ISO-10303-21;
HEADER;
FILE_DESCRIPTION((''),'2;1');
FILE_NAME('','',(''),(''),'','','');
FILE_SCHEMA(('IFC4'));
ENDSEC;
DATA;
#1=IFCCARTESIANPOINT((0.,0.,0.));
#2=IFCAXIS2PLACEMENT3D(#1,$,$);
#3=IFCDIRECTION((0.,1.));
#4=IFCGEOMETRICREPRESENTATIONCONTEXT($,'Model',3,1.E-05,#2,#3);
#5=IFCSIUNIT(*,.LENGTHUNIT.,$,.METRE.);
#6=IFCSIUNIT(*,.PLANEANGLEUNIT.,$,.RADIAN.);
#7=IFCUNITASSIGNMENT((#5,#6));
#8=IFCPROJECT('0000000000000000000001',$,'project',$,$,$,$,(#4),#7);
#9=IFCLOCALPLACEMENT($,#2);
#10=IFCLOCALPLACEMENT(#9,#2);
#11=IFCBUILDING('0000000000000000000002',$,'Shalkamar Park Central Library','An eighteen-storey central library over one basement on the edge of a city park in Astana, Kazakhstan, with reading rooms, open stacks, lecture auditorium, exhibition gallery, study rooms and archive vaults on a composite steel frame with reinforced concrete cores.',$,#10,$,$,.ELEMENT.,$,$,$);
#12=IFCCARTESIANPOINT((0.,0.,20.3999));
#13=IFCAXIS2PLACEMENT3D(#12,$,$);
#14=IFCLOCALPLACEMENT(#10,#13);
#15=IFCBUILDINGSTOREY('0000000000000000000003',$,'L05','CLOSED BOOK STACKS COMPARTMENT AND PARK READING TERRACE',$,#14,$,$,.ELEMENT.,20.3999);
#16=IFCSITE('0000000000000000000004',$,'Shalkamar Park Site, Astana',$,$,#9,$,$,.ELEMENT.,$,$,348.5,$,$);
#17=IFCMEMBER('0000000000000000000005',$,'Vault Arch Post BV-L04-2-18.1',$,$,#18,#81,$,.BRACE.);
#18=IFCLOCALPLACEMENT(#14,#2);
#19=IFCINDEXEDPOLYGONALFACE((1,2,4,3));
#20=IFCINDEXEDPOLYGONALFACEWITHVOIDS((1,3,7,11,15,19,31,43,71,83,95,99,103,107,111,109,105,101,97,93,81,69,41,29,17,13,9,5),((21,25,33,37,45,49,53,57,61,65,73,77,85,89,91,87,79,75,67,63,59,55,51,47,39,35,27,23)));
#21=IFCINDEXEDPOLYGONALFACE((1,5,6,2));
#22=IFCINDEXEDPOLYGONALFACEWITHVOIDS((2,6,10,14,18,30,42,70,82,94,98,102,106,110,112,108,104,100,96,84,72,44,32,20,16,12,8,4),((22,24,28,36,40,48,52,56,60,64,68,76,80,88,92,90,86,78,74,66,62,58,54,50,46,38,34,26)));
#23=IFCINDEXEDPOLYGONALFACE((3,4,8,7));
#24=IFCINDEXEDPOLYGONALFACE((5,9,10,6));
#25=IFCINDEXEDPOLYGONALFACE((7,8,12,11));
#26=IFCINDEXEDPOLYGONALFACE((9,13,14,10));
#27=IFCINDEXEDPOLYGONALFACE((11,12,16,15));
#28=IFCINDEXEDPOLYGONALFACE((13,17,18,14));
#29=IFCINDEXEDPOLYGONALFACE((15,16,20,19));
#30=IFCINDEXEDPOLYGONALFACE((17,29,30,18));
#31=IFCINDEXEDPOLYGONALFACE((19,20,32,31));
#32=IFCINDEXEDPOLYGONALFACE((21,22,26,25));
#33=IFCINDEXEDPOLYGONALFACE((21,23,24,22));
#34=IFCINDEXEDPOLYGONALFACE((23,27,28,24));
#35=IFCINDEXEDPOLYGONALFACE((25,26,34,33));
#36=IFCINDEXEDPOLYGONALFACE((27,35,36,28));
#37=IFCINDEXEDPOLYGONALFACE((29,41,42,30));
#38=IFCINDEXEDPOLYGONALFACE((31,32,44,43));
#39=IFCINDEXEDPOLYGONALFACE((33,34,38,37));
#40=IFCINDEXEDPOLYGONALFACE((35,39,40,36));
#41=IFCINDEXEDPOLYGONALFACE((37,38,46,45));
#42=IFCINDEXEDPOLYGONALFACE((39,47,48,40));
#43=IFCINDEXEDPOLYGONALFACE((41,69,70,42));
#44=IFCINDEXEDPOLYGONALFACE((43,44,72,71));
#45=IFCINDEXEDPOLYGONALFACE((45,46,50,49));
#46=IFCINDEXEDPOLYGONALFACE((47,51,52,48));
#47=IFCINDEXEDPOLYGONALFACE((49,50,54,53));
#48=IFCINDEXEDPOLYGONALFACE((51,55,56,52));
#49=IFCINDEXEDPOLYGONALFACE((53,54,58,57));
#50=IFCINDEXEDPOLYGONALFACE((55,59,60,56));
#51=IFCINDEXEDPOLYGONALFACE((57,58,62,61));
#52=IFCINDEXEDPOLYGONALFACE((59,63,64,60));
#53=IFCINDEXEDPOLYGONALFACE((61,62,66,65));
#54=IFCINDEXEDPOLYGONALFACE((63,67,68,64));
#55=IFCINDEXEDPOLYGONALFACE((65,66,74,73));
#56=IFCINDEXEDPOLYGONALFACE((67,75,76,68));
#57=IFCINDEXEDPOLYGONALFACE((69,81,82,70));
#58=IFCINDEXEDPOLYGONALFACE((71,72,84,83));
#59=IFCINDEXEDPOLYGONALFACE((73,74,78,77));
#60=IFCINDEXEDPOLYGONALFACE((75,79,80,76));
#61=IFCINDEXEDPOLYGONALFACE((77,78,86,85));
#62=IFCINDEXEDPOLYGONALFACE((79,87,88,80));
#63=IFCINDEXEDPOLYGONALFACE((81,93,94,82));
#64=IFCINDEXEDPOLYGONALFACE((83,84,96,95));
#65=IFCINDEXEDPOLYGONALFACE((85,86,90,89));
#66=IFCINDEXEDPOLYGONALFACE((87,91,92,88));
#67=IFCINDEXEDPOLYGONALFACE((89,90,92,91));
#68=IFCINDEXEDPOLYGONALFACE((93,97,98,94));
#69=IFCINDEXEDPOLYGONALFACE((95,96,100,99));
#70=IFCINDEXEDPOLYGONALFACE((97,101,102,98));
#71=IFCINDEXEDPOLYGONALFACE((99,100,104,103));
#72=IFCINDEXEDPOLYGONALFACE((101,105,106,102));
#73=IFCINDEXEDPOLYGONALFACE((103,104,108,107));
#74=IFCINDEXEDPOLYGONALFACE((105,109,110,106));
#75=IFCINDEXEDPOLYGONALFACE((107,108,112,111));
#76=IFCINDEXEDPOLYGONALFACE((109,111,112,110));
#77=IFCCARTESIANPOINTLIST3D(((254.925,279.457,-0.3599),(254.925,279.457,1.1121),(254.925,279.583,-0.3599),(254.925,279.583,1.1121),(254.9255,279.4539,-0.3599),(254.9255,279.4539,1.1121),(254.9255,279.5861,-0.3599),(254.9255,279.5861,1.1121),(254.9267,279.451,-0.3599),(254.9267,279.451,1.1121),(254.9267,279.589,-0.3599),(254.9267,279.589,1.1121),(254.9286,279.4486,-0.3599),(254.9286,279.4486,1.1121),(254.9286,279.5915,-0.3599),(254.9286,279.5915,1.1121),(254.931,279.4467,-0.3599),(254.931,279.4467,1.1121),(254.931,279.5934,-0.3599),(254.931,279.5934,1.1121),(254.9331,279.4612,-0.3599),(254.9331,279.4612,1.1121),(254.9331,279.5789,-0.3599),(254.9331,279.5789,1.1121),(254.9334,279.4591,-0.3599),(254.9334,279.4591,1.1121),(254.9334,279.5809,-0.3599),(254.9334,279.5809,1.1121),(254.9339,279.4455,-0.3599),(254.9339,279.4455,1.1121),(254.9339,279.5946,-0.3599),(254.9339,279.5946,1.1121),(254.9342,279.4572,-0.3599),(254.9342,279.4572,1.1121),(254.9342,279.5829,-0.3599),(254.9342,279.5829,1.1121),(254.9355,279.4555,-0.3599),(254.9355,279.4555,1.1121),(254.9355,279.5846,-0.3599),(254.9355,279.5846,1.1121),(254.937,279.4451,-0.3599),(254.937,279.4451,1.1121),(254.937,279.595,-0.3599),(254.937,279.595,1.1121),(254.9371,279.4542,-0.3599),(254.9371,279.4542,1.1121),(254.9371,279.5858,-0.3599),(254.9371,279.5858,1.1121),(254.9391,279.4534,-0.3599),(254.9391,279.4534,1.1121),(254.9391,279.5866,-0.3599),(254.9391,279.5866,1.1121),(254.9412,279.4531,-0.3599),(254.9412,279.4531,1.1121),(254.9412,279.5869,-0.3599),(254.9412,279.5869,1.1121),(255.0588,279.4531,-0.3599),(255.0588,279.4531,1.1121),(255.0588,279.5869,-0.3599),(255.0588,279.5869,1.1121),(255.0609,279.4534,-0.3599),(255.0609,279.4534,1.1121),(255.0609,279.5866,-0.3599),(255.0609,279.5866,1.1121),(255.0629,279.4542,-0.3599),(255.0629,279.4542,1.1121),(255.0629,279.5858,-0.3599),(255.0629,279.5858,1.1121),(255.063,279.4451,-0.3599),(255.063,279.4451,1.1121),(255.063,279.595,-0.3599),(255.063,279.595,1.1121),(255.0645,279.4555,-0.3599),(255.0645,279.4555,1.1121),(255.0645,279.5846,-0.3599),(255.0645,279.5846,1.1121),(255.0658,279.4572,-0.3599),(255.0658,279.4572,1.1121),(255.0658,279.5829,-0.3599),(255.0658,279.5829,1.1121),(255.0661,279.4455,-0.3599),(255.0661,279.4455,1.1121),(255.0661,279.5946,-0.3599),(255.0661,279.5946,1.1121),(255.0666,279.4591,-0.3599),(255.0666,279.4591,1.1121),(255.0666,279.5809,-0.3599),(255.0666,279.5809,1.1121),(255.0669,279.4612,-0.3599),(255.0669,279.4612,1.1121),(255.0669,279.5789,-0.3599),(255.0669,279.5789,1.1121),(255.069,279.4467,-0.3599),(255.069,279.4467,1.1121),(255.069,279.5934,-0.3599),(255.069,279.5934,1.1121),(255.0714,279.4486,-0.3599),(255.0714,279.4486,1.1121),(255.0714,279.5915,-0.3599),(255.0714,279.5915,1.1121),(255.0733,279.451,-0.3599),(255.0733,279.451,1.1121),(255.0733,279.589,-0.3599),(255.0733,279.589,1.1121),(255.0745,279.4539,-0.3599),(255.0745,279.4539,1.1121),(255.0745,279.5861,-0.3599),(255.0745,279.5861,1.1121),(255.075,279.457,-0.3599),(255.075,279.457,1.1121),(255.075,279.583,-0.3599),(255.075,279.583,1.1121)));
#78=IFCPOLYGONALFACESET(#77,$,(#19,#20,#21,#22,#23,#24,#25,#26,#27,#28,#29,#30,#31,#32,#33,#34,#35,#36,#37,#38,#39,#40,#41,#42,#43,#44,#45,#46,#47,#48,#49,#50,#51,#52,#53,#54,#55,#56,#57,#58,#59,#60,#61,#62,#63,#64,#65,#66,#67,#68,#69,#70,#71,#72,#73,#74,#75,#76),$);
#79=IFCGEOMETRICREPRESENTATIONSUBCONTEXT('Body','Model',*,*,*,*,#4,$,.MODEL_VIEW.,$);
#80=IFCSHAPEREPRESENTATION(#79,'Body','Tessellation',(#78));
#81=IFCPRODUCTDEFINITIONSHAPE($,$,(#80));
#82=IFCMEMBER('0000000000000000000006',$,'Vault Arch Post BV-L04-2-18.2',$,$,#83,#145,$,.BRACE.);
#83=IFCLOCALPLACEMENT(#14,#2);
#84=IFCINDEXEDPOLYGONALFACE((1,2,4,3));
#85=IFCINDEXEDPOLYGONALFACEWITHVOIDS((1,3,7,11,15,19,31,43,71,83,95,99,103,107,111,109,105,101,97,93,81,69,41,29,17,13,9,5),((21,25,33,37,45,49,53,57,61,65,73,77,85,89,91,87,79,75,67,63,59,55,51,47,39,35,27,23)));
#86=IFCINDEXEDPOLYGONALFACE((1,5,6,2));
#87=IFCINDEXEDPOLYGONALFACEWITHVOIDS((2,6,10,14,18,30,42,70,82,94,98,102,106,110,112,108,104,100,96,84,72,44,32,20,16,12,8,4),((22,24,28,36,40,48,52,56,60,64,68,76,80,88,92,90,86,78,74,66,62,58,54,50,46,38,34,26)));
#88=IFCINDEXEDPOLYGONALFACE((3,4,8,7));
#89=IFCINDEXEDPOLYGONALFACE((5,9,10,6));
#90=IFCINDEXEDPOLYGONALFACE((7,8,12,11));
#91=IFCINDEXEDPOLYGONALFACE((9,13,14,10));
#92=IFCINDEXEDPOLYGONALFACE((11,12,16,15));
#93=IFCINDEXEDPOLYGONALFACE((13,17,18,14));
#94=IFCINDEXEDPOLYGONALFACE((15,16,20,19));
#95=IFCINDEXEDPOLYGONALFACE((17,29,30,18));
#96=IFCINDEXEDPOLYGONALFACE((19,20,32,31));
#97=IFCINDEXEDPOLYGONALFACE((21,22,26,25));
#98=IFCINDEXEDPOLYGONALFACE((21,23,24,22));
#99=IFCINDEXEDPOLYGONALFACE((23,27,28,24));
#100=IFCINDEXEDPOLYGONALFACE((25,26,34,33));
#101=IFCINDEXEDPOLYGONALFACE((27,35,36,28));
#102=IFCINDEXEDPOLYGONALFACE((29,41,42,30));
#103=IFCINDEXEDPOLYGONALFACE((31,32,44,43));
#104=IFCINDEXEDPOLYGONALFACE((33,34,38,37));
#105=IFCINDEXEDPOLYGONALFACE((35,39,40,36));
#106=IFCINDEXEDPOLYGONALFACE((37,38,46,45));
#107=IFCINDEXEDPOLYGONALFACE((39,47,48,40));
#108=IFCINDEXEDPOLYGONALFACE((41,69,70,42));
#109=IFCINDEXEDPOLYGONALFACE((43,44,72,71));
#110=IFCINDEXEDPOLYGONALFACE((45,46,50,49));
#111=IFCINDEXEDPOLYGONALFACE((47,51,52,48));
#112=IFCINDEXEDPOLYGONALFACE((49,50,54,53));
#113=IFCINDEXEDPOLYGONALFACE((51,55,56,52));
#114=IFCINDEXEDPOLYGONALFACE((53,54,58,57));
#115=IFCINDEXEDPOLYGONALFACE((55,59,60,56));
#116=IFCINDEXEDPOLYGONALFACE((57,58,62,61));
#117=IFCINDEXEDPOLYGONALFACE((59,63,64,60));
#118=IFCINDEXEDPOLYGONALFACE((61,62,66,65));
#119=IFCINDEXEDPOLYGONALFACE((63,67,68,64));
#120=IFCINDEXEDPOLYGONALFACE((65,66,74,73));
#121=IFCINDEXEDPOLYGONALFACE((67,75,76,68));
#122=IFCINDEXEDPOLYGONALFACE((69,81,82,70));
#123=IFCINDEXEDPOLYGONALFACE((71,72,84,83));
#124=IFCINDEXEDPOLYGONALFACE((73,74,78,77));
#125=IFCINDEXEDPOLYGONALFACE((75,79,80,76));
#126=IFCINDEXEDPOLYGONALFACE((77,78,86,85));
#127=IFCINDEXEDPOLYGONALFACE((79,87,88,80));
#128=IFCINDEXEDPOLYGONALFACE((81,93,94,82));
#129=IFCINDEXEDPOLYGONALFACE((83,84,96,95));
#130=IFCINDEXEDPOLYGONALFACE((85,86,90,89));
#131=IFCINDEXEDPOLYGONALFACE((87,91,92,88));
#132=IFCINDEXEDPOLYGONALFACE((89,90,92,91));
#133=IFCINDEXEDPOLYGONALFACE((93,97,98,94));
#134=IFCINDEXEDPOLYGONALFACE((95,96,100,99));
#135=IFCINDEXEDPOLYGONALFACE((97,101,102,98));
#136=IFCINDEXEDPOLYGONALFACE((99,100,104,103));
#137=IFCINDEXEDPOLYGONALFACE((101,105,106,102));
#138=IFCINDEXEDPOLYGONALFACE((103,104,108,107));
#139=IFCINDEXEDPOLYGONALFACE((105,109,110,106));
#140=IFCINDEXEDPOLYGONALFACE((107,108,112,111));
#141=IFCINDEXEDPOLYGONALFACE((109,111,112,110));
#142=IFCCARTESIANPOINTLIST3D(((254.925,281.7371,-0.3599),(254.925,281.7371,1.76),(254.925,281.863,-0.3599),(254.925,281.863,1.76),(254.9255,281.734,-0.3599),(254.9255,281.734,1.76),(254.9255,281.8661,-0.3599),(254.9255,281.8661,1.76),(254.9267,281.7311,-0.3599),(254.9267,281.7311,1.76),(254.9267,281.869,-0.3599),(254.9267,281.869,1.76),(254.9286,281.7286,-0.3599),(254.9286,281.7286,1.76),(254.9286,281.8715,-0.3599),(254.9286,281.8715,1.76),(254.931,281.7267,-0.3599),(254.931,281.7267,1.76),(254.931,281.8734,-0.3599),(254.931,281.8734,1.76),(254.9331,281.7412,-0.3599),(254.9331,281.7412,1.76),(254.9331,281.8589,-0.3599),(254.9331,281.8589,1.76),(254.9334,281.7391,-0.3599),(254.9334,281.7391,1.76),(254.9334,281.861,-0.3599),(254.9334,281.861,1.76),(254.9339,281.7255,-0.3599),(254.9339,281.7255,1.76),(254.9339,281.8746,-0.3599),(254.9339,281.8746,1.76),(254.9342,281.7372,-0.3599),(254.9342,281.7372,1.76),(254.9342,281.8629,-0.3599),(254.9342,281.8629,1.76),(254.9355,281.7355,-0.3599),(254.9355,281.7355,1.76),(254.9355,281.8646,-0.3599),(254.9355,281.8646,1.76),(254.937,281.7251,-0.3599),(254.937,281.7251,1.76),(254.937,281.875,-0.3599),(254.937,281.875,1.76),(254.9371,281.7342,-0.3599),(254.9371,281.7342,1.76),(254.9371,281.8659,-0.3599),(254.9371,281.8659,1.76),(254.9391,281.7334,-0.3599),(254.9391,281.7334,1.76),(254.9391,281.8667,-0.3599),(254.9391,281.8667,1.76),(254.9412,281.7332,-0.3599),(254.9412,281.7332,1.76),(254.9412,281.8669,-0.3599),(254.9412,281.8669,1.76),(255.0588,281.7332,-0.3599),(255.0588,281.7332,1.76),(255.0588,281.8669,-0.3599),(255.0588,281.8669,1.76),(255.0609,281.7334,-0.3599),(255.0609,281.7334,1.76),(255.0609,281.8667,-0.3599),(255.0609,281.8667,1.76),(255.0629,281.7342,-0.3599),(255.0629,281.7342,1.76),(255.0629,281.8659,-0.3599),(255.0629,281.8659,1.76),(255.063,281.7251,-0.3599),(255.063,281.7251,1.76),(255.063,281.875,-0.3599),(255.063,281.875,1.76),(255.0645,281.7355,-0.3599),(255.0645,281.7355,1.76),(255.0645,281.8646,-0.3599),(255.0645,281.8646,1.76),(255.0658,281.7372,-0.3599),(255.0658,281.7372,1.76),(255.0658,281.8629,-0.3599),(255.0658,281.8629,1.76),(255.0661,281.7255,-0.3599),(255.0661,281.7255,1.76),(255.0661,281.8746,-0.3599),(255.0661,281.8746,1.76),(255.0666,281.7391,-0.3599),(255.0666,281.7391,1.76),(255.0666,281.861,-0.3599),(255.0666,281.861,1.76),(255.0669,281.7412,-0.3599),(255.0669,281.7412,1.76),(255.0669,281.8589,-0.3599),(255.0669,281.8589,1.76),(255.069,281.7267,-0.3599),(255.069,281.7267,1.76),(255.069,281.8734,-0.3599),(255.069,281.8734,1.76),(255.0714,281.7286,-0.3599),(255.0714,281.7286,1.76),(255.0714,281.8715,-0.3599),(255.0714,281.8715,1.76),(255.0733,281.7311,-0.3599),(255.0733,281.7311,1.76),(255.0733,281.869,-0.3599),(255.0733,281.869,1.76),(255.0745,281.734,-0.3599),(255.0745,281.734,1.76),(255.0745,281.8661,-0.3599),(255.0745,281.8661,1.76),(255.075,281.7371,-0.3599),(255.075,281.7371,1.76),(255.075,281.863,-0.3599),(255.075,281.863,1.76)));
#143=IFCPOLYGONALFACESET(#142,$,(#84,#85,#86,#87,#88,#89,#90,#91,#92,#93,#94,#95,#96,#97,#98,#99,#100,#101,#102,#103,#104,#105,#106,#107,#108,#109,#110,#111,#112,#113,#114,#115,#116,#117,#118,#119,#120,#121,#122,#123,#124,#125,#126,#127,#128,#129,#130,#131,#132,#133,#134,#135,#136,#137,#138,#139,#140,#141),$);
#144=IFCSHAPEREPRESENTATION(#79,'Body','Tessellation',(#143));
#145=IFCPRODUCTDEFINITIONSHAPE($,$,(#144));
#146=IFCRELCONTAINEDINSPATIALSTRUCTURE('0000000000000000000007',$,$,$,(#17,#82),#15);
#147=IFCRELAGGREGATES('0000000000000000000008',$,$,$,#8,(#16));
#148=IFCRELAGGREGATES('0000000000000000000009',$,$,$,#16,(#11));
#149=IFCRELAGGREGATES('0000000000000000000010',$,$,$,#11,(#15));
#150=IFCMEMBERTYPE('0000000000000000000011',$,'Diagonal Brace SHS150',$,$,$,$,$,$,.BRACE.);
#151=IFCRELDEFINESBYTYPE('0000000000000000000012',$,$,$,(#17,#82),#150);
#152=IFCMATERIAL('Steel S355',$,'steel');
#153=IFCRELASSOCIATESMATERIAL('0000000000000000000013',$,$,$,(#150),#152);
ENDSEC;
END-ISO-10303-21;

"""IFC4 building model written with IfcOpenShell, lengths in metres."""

from ifc_helpers import new_model, si_unit, direction, frame, origin, origin_2d, place, context, subcontext, project, spatial, hollow_rectangle, extrude, material, material_profile, profile_set, type_object, element, save


model = new_model("IFC4")

# Units and contexts
model_context = context("Model", 3, precision=1e-05, world=origin(), true_north=direction((0.0, 1.0)))
body_context = subcontext(model_context, "Body", "Model", "MODEL_VIEW")
ifc_project = project(units=[si_unit("LENGTHUNIT", "METRE"), si_unit("PLANEANGLEUNIT", "RADIAN")], contexts=[model_context])

# Site, building, storey
site_placement = place(None, origin())
site = spatial("IfcSite", under=ifc_project, at=site_placement, Name="Shalkamar Park Site, Astana", CompositionType="ELEMENT", RefElevation=348.5)
building_placement = place(site_placement, origin())
building = spatial("IfcBuilding", under=site, at=building_placement, Name="Shalkamar Park Central Library", Description="An eighteen-storey central library over one basement on the edge of a city park in Astana, Kazakhstan, with reading rooms, open stacks, lecture auditorium, exhibition gallery, study rooms and archive vaults on a composite steel frame with reinforced concrete cores.", CompositionType="ELEMENT")
storey_placement = place(building_placement, frame((0.0, 0.0, 20.3999)))
storey = spatial("IfcBuildingStorey", under=building, at=storey_placement, Name="L05", Description="CLOSED BOOK STACKS COMPARTMENT AND PARK READING TERRACE", CompositionType="ELEMENT", Elevation=20.3999)

# Members
ifc_material = material(Name="Steel S355", Category="steel")
ifc_material_profile_1 = material_profile(ifc_material, hollow_rectangle(XDim=0.1499, YDim=0.1499, WallThickness=0.0081, InnerFilletRadius=0.0081, OuterFilletRadius=0.012, at=origin_2d()), Name="SHS 150x150x8")
ifc_profile_set_1 = profile_set([ifc_material_profile_1], Name="Steel S355")
member_type_1 = type_object("IfcMemberType", Name="Diagonal Brace SHS150", PredefinedType="BRACE", material=ifc_profile_set_1)
member_1_placement = place(storey_placement, frame((255.0, 279.52, -0.3599), z_axis=(0.0, 0.0, 1.0), x_axis=(1.0, 0.0, 0.0)))
element("IfcMember", 1, at=member_1_placement, inside=storey, type_object=member_type_1, Name="Vault Arch Post BV-L04-2-18.1", PredefinedType="BRACE", context=body_context, shape_type="SweptSolid", body=[
    extrude(hollow_rectangle(XDim=0.1499, YDim=0.1499, WallThickness=0.0081, InnerFilletRadius=0.0081, OuterFilletRadius=0.012, at=origin_2d()), origin(), (0.0, 0.0, 1.0), 1.4719),
])
member_2_placement = place(storey_placement, frame((255.0, 281.8, -0.3599), z_axis=(0.0, 0.0, 1.0), x_axis=(1.0, 0.0, 0.0)))
element("IfcMember", 2, at=member_2_placement, inside=storey, type_object=member_type_1, Name="Vault Arch Post BV-L04-2-18.2", PredefinedType="BRACE", context=body_context, shape_type="SweptSolid", body=[
    extrude(hollow_rectangle(XDim=0.1499, YDim=0.1499, WallThickness=0.0081, InnerFilletRadius=0.0081, OuterFilletRadius=0.012, at=origin_2d()), origin(), (0.0, 0.0, 1.0), 2.1199),
])

save(model, "model.ifc")
